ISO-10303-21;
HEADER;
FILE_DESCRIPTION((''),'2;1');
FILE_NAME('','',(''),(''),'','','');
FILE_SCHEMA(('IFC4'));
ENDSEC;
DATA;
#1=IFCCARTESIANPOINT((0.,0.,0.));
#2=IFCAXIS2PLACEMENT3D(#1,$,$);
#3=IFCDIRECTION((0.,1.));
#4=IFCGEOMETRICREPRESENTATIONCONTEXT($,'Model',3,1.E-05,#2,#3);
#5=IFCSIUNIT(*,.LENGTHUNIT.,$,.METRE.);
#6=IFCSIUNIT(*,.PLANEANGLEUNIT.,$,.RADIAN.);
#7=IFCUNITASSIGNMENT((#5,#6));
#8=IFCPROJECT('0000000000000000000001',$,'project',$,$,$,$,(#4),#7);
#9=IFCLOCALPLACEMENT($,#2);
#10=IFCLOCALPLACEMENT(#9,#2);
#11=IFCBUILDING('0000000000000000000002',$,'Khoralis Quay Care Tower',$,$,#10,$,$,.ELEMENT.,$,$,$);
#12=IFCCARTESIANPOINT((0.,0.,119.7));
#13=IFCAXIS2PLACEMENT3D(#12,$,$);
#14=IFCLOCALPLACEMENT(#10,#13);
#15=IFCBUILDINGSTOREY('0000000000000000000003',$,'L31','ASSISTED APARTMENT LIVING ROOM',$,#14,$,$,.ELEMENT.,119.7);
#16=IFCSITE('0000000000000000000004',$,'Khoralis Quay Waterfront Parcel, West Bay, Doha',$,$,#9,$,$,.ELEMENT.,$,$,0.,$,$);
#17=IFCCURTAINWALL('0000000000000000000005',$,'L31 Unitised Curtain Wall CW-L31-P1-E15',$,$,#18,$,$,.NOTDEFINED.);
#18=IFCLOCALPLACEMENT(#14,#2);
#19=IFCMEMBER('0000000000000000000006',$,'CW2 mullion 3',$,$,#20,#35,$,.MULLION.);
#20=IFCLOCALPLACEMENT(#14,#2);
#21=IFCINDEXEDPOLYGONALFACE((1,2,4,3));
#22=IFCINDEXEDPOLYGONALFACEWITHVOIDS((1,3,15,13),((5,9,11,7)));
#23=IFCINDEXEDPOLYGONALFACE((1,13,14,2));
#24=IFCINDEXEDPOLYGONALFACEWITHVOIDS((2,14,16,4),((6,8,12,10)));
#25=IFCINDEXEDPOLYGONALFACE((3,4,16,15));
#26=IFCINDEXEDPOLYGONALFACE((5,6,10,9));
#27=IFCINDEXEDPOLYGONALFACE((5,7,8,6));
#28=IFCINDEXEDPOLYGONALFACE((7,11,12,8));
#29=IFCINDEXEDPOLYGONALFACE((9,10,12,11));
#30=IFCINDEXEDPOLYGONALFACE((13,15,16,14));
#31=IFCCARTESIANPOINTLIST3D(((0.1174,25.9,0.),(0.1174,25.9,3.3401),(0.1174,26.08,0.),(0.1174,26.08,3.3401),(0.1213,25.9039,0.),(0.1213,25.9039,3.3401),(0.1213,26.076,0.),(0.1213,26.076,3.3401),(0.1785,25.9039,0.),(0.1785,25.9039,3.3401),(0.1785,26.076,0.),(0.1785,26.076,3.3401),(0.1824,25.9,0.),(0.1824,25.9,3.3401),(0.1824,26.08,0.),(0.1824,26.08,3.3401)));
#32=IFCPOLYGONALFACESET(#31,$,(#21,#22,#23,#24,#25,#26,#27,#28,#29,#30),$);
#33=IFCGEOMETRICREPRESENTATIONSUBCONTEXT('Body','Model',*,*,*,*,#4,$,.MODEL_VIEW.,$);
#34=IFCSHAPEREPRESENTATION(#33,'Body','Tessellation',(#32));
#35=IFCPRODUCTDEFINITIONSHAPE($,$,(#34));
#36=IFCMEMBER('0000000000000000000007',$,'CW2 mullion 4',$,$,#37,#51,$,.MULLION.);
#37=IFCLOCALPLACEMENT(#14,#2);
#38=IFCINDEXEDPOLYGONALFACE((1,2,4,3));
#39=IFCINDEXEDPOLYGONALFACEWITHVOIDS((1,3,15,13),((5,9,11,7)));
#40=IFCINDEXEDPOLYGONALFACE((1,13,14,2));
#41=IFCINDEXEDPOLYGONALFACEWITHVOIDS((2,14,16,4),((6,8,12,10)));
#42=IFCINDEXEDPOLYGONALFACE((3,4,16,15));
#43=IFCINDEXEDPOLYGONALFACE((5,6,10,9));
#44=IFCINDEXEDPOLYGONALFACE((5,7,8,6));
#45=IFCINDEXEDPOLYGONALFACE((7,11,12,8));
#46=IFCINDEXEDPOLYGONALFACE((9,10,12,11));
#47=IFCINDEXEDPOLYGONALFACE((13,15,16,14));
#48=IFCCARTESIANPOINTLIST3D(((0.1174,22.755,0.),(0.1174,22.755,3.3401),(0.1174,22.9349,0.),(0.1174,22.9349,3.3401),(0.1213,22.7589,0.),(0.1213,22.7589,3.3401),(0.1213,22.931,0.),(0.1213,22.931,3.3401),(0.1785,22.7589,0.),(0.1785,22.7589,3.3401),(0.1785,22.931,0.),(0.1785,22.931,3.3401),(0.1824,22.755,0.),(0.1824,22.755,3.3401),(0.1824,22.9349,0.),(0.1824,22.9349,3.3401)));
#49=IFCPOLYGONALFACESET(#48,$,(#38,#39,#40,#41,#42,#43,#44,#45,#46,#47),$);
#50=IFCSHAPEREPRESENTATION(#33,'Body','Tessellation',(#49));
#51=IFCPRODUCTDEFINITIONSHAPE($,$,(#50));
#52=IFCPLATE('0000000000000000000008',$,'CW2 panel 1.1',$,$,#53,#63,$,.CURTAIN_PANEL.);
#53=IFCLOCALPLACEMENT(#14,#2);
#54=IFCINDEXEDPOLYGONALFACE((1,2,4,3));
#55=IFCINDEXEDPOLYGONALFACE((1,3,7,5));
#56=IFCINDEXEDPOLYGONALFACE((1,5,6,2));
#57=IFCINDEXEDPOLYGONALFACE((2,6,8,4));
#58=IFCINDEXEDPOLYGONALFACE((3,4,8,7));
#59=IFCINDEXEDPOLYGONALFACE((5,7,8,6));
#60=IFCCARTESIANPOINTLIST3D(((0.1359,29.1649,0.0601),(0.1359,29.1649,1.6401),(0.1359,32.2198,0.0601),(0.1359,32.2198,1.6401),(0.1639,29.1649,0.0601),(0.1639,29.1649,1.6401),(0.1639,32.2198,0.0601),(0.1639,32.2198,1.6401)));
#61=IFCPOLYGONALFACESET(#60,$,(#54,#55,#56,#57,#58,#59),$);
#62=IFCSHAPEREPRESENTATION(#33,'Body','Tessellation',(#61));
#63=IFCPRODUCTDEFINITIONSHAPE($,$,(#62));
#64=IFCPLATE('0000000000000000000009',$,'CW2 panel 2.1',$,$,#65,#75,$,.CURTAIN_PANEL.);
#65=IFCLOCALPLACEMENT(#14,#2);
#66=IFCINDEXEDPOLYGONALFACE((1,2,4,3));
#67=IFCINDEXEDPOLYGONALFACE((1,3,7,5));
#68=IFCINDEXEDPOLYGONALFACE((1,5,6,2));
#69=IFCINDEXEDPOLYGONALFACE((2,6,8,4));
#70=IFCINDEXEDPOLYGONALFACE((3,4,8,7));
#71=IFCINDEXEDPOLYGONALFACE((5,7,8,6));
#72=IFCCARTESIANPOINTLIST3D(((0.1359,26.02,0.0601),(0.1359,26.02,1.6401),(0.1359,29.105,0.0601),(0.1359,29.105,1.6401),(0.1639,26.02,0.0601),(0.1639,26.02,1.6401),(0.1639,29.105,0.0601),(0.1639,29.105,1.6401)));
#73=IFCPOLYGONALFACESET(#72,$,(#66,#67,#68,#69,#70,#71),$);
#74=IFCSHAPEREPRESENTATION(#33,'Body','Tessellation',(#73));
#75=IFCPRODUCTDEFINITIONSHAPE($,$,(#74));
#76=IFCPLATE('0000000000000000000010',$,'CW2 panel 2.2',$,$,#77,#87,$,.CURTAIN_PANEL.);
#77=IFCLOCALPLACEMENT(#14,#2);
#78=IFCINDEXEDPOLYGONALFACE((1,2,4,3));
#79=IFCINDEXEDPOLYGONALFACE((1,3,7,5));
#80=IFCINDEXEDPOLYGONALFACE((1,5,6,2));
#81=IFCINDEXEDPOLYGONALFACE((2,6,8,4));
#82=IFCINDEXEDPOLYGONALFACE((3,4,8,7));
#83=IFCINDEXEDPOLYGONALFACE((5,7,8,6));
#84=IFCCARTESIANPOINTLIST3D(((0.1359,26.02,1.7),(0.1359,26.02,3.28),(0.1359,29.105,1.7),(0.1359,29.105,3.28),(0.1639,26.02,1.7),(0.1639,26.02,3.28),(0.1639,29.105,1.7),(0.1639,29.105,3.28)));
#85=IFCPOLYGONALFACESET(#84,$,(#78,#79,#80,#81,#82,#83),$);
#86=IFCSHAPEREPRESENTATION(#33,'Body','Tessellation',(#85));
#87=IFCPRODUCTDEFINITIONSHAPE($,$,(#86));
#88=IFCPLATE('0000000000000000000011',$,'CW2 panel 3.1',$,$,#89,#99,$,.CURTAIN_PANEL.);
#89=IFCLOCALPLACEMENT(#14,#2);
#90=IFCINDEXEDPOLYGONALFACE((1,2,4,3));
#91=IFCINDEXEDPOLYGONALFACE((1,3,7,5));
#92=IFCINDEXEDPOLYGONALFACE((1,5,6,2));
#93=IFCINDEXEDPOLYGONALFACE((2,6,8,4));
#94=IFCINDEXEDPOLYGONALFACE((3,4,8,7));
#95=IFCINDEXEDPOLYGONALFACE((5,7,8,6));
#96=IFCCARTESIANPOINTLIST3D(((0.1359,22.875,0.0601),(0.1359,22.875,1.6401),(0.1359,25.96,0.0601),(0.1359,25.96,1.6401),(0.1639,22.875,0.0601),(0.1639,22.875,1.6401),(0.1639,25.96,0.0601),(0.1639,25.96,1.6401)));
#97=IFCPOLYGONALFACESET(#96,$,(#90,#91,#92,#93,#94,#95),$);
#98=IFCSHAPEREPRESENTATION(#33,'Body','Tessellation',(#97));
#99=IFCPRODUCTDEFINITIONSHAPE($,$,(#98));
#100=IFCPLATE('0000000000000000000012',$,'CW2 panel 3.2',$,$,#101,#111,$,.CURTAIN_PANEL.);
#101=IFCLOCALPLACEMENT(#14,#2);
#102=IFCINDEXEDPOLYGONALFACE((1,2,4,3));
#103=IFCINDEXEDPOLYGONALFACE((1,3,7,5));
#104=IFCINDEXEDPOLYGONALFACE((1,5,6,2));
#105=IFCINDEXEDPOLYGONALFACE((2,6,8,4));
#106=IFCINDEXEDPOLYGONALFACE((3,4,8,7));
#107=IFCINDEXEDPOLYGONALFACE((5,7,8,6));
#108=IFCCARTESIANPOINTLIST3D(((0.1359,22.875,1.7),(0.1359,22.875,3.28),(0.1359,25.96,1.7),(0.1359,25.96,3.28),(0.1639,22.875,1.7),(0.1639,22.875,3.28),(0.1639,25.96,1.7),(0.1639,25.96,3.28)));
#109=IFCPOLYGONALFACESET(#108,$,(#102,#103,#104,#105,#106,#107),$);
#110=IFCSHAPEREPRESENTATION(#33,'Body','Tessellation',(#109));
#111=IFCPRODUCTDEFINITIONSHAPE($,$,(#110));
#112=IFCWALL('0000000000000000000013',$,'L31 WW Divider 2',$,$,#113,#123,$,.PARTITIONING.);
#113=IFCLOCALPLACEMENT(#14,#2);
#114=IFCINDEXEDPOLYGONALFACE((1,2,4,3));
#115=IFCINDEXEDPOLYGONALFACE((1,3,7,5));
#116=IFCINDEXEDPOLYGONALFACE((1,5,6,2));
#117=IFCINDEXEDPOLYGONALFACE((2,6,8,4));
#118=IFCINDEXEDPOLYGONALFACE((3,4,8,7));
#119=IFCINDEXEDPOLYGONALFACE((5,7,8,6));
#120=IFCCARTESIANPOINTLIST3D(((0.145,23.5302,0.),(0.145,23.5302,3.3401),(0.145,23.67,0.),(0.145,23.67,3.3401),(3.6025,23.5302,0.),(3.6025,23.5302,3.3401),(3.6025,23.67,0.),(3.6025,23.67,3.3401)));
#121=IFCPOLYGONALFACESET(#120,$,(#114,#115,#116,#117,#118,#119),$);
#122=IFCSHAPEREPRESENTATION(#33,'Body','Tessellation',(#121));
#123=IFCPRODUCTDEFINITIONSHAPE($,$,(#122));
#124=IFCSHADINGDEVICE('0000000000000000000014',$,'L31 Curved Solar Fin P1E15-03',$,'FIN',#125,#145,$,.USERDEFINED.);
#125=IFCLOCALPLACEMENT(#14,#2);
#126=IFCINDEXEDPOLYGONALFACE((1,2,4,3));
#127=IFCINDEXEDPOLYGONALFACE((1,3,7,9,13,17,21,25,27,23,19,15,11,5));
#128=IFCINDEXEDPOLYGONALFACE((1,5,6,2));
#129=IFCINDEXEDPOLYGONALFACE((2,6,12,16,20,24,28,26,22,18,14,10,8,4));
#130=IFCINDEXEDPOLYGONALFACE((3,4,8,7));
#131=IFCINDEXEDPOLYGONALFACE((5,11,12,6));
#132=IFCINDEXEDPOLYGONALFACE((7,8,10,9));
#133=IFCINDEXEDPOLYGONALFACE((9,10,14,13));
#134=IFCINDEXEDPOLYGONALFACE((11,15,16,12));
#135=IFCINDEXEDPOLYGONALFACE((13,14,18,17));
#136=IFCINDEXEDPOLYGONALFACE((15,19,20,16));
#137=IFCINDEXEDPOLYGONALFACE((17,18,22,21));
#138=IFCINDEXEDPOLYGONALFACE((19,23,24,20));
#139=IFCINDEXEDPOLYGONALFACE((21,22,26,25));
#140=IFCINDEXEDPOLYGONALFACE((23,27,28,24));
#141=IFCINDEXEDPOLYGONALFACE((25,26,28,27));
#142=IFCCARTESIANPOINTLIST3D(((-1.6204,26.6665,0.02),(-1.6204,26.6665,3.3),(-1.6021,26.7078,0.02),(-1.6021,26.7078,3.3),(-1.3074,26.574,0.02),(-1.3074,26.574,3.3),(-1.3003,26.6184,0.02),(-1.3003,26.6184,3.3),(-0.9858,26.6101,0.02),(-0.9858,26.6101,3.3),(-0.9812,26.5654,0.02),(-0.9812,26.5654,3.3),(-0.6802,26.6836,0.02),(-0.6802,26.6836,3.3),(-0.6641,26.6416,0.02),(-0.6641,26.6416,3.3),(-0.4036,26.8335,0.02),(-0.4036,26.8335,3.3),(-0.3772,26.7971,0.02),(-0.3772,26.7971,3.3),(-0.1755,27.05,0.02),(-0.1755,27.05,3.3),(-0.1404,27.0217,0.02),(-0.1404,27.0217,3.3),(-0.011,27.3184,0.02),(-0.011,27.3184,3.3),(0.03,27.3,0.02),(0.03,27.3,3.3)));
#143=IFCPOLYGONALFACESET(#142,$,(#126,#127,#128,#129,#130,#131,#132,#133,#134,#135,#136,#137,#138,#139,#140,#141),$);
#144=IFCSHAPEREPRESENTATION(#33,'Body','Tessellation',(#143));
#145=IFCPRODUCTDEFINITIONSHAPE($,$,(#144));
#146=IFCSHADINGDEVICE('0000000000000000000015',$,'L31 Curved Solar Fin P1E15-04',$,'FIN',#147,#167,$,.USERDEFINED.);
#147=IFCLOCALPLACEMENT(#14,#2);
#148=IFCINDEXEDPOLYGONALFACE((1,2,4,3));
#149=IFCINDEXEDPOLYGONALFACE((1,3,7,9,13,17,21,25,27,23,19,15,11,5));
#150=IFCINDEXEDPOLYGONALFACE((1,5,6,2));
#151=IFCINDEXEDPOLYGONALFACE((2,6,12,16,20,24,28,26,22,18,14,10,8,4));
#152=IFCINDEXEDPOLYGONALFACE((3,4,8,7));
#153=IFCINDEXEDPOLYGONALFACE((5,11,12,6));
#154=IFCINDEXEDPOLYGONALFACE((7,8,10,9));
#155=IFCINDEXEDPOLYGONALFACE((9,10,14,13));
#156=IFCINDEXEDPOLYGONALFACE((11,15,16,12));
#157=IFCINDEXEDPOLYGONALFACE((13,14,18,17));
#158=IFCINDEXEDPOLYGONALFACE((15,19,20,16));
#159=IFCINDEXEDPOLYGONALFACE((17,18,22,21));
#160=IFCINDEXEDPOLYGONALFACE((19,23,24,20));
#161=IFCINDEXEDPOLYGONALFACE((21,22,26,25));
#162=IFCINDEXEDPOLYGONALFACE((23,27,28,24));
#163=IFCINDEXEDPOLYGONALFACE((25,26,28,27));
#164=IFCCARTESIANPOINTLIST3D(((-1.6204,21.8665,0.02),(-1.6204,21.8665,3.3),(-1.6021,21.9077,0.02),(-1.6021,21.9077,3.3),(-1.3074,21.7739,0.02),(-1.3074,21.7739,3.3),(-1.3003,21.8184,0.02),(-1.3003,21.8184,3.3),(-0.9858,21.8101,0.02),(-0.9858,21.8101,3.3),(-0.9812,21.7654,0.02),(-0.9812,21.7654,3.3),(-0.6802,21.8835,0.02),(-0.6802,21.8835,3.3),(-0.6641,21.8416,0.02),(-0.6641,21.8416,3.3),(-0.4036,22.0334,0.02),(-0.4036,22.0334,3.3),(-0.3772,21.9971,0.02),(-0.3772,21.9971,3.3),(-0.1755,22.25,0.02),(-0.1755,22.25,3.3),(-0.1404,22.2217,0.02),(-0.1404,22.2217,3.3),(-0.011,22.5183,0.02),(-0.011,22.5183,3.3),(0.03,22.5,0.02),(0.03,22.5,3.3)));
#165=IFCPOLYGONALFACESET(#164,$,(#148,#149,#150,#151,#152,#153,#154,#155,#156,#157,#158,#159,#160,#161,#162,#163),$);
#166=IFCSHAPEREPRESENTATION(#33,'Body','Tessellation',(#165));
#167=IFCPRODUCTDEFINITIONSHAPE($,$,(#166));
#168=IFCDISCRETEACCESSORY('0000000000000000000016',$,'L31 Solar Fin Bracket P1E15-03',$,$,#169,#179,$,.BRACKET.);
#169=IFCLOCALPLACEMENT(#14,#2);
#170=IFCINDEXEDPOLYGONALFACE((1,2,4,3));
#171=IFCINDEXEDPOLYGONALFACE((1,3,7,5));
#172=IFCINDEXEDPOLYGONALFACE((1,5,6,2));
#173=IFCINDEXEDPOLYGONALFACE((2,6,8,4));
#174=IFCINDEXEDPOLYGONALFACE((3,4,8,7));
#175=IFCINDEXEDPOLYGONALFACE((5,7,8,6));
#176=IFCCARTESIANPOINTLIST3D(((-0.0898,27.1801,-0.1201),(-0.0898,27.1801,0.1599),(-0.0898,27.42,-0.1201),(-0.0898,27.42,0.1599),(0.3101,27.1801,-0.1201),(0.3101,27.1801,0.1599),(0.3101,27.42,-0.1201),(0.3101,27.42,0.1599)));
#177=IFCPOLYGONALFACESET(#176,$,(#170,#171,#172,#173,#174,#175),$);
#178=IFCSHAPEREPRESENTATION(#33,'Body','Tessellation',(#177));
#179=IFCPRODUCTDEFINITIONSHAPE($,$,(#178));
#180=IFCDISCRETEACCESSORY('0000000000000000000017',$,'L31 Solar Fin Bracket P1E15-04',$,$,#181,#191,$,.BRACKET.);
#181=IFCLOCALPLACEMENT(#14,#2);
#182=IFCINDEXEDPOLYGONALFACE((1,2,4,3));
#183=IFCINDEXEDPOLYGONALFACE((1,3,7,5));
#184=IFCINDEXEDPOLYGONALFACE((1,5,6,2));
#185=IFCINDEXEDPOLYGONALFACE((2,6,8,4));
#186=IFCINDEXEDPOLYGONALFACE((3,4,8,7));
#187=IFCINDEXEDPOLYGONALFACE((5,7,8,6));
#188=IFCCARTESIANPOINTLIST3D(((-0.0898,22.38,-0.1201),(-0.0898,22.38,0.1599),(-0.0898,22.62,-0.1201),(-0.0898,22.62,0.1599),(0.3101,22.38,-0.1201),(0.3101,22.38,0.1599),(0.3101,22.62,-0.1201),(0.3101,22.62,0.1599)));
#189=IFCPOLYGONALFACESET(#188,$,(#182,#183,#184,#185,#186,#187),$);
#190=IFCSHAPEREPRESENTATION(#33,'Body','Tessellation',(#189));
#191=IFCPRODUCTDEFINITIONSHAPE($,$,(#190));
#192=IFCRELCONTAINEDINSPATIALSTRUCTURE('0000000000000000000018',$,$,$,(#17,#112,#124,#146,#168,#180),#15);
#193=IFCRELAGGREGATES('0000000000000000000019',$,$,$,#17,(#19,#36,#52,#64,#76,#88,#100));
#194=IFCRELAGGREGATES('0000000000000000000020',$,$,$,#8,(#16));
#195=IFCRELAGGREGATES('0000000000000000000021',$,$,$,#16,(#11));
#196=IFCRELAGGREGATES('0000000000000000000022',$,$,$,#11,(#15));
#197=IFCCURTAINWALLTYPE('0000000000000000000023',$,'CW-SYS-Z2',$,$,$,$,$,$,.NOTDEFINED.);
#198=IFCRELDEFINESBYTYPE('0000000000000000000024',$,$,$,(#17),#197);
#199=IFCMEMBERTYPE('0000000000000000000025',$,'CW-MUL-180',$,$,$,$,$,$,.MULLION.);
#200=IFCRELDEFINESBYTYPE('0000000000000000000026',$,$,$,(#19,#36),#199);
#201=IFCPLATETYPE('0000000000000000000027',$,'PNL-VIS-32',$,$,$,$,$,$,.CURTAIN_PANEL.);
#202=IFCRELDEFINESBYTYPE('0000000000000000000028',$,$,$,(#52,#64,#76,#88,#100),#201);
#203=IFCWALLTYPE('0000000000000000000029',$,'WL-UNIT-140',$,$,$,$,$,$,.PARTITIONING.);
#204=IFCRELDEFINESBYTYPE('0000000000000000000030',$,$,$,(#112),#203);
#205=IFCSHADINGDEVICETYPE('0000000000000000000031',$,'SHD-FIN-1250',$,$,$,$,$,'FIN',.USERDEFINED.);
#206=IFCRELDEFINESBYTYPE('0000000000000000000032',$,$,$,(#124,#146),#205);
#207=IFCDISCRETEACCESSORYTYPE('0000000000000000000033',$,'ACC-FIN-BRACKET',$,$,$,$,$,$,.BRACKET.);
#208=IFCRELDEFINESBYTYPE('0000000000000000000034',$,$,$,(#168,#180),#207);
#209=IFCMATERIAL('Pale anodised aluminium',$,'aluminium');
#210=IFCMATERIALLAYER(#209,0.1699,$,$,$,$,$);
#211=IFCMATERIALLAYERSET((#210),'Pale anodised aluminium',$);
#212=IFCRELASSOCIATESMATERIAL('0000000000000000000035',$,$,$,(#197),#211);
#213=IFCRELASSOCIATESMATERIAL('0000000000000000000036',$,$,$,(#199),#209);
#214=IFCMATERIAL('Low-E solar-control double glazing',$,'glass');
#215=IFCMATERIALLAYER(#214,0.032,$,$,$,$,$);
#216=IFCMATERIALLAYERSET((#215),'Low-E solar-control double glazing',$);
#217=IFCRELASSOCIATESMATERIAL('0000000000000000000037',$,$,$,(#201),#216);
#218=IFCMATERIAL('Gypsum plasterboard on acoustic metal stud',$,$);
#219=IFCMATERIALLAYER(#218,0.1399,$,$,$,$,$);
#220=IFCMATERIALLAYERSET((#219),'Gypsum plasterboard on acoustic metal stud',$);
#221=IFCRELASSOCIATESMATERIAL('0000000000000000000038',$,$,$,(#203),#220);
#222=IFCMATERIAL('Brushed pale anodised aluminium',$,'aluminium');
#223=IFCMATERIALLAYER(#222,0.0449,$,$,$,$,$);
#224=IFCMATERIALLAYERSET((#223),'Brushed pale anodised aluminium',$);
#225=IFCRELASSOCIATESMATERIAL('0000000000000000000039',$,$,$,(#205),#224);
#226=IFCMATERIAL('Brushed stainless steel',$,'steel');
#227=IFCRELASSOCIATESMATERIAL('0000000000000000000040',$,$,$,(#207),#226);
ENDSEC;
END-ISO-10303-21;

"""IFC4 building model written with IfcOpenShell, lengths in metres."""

from ifc_helpers import new_model, si_unit, direction, frame, frame_2d, origin, origin_2d, place, context, subcontext, project, spatial, polyline, rectangle, hollow_rectangle, outline, extrude, source, transform, mapped, material, layer, layer_set, material_profile, profile_set, type_object, element, aggregate, save


model = new_model("IFC4")

# Units and contexts
model_context = context("Model", 3, precision=1e-05, world=origin(), true_north=direction((0.0, 1.0)))
body_context = subcontext(model_context, "Body", "Model", "MODEL_VIEW")
ifc_project = project(units=[si_unit("LENGTHUNIT", "METRE"), si_unit("PLANEANGLEUNIT", "RADIAN")], contexts=[model_context])

# Site, building, storey
site_placement = place(None, origin())
site = spatial("IfcSite", under=ifc_project, at=site_placement, Name="Khoralis Quay Waterfront Parcel, West Bay, Doha", CompositionType="ELEMENT", RefElevation=0.0)
building_placement = place(site_placement, origin())
building = spatial("IfcBuilding", under=site, at=building_placement, Name="Khoralis Quay Care Tower", CompositionType="ELEMENT")
storey_placement = place(building_placement, frame((0.0, 0.0, 119.7)))
storey = spatial("IfcBuildingStorey", under=building, at=storey_placement, Name="L31", Description="ASSISTED APARTMENT LIVING ROOM", CompositionType="ELEMENT", Elevation=119.7)

# Curtain wall, members, plates
ifc_material_1 = material(Name="Pale anodised aluminium", Category="aluminium")
ifc_layer_1 = layer(ifc_material_1, 0.1699)
ifc_layer_set_1 = layer_set([ifc_layer_1], Name="Pale anodised aluminium")
curtain_wall_type = type_object("IfcCurtainWallType", Name="CW-SYS-Z2", PredefinedType="NOTDEFINED", material=ifc_layer_set_1)
curtain_wall_placement = place(storey_placement, origin())
curtain_wall = element("IfcCurtainWall", 1, at=curtain_wall_placement, inside=storey, type_object=curtain_wall_type, Name="L31 Unitised Curtain Wall CW-L31-P1-E15", PredefinedType="NOTDEFINED")
ifc_material_profile_1 = material_profile(ifc_material_1, hollow_rectangle(XDim=0.0649, YDim=0.1799, WallThickness=0.0039, at=origin_2d()), Name="Pale anodised aluminium")
ifc_profile_set_1 = profile_set([ifc_material_profile_1], Name="Pale anodised aluminium")
member_type_1 = type_object("IfcMemberType", Name="CW-MUL-180", PredefinedType="MULLION", material=ifc_profile_set_1)
shared_shape_1 = source(origin(), body_context, "Body", "SweptSolid", [
    extrude(hollow_rectangle(XDim=0.0649, YDim=0.1799, WallThickness=0.0039, at=origin_2d()), origin(), (0.0, 0.0, 1.0), 3.3401),
])
member_1_placement = place(storey_placement, frame((0.1499, 25.99, 0.0), z_axis=(0.0, 0.0, 1.0), x_axis=(1.0, 0.0, 0.0)))
member_1 = element("IfcMember", 2, at=member_1_placement, type_object=member_type_1, Name="CW2 mullion 3", PredefinedType="MULLION", context=body_context, shape_type="MappedRepresentation", body=[
    mapped(shared_shape_1, transform((0.0, 0.0, 0.0), scale=1.0)),
])
member_2_placement = place(storey_placement, frame((0.1499, 22.845, 0.0), z_axis=(0.0, 0.0, 1.0), x_axis=(1.0, 0.0, 0.0)))
member_2 = element("IfcMember", 3, at=member_2_placement, type_object=member_type_1, Name="CW2 mullion 4", PredefinedType="MULLION", context=body_context, shape_type="MappedRepresentation", body=[
    mapped(shared_shape_1, transform((0.0, 0.0, 0.0), scale=1.0)),
])
ifc_material_2 = material(Name="Low-E solar-control double glazing", Category="glass")
ifc_layer_2 = layer(ifc_material_2, 0.032)
ifc_layer_set_2 = layer_set([ifc_layer_2], Name="Low-E solar-control double glazing")
plate_type = type_object("IfcPlateType", Name="PNL-VIS-32", PredefinedType="CURTAIN_PANEL", material=ifc_layer_set_2)
shared_shape_2 = source(origin(), body_context, "Body", "SweptSolid", [
    extrude(rectangle(XDim=3.0549, YDim=0.0281, at=origin_2d()), origin(), (0.0, 0.0, 1.0), 1.5801),
])
plate_1_placement = place(storey_placement, frame((0.1499, 30.6924, 0.0601), z_axis=(0.0, 0.0, 1.0), x_axis=(0.0, -1.0, 0.0)))
plate_1 = element("IfcPlate", 4, at=plate_1_placement, type_object=plate_type, Name="CW2 panel 1.1", PredefinedType="CURTAIN_PANEL", context=body_context, shape_type="MappedRepresentation", body=[
    mapped(shared_shape_2, transform((0.0, 0.0, 0.0), scale=1.0)),
])
shared_shape_3 = source(origin(), body_context, "Body", "SweptSolid", [
    extrude(rectangle(XDim=3.085, YDim=0.0281, at=origin_2d()), origin(), (0.0, 0.0, 1.0), 1.5801),
])
plate_2_placement = place(storey_placement, frame((0.1499, 27.5625, 0.0601), z_axis=(0.0, 0.0, 1.0), x_axis=(0.0, -1.0, 0.0)))
plate_2 = element("IfcPlate", 5, at=plate_2_placement, type_object=plate_type, Name="CW2 panel 2.1", PredefinedType="CURTAIN_PANEL", context=body_context, shape_type="MappedRepresentation", body=[
    mapped(shared_shape_3, transform((0.0, 0.0, 0.0), scale=1.0)),
])
plate_3_placement = place(storey_placement, frame((0.1499, 27.5625, 1.7), z_axis=(0.0, 0.0, 1.0), x_axis=(0.0, -1.0, 0.0)))
plate_3 = element("IfcPlate", 6, at=plate_3_placement, type_object=plate_type, Name="CW2 panel 2.2", PredefinedType="CURTAIN_PANEL", context=body_context, shape_type="MappedRepresentation", body=[
    mapped(shared_shape_3, transform((0.0, 0.0, 0.0), scale=1.0)),
])
plate_4_placement = place(storey_placement, frame((0.1499, 24.4175, 0.0601), z_axis=(0.0, 0.0, 1.0), x_axis=(0.0, -1.0, 0.0)))
plate_4 = element("IfcPlate", 7, at=plate_4_placement, type_object=plate_type, Name="CW2 panel 3.1", PredefinedType="CURTAIN_PANEL", context=body_context, shape_type="MappedRepresentation", body=[
    mapped(shared_shape_3, transform((0.0, 0.0, 0.0), scale=1.0)),
])
plate_5_placement = place(storey_placement, frame((0.1499, 24.4175, 1.7), z_axis=(0.0, 0.0, 1.0), x_axis=(0.0, -1.0, 0.0)))
plate_5 = element("IfcPlate", 8, at=plate_5_placement, type_object=plate_type, Name="CW2 panel 3.2", PredefinedType="CURTAIN_PANEL", context=body_context, shape_type="MappedRepresentation", body=[
    mapped(shared_shape_3, transform((0.0, 0.0, 0.0), scale=1.0)),
])
aggregate(curtain_wall, [member_1, member_2, plate_1, plate_2, plate_3, plate_4, plate_5])

# Wall
ifc_material_3 = material(Name="Gypsum plasterboard on acoustic metal stud")
ifc_layer_3 = layer(ifc_material_3, 0.1399)
ifc_layer_set_3 = layer_set([ifc_layer_3], Name="Gypsum plasterboard on acoustic metal stud")
wall_type = type_object("IfcWallType", Name="WL-UNIT-140", PredefinedType="PARTITIONING", material=ifc_layer_set_3)
wall_placement = place(storey_placement, frame((0.145, 23.6001, 0.0), z_axis=(0.0, 0.0, 1.0), x_axis=(1.0, 0.0, 0.0)))
element("IfcWall", 9, at=wall_placement, inside=storey, type_object=wall_type, Name="L31 WW Divider 2", PredefinedType="PARTITIONING", context=body_context, shape_type="SweptSolid", body=[
    extrude(rectangle(XDim=3.4575, YDim=0.1399, at=frame_2d((1.7288, 0.0))), origin(), (0.0, 0.0, 1.0), 3.3401),
])

# Shading devices
ifc_material_4 = material(Name="Brushed pale anodised aluminium", Category="aluminium")
ifc_layer_4 = layer(ifc_material_4, 0.0449)
ifc_layer_set_4 = layer_set([ifc_layer_4], Name="Brushed pale anodised aluminium")
shading_device_type = type_object("IfcShadingDeviceType", Name="SHD-FIN-1250", ElementType="FIN", PredefinedType="USERDEFINED", material=ifc_layer_set_4)
shared_shape_4 = source(origin(), body_context, "Body", "SweptSolid", [
    extrude(outline(polyline([(0.0, 0.0), (0.1704, 0.2783), (0.4072, 0.5029), (0.6941, 0.6584), (1.0112, 0.7346), (1.3374, 0.7261), (1.6504, 0.6335), (1.6321, 0.5923), (1.3303, 0.6816), (1.0159, 0.6899), (0.7102, 0.6165), (0.4336, 0.4666), (0.2056, 0.25), (0.041, -0.0183), (0.0, 0.0)])), origin(), (0.0, 0.0, 1.0), 3.28),
])
for number, where, z_axis, x_axis, name in (
    (10, (0.03, 27.3, 0.02), (0.0, 0.0, 1.0), (-1.0, 0.0, 0.0), "L31 Curved Solar Fin P1E15-03"),
    (11, (0.03, 22.5, 0.02), (0.0, 0.0, 1.0), (-1.0, 0.0, 0.0), "L31 Curved Solar Fin P1E15-04"),
):
    element("IfcShadingDevice", number, at=place(storey_placement, frame(where, z_axis=z_axis, x_axis=x_axis)), inside=storey, type_object=shading_device_type, Name=name, ObjectType="FIN", PredefinedType="USERDEFINED", context=body_context, shape_type="MappedRepresentation", body=[
        mapped(shared_shape_4, transform((0.0, 0.0, 0.0), scale=1.0)),
    ])

# Discrete accessories
ifc_material_5 = material(Name="Brushed stainless steel", Category="steel")
discrete_accessory_type = type_object("IfcDiscreteAccessoryType", Name="ACC-FIN-BRACKET", PredefinedType="BRACKET", material=ifc_material_5)
shared_shape_5 = source(origin(), body_context, "Body", "SweptSolid", [
    extrude(rectangle(XDim=0.3999, YDim=0.24, at=origin_2d()), origin(), (0.0, 0.0, 1.0), 0.28),
])
for number, where, z_axis, x_axis, name in (
    (12, (0.1101, 27.3, -0.1201), (0.0, 0.0, 1.0), (-1.0, 0.0, 0.0), "L31 Solar Fin Bracket P1E15-03"),
    (13, (0.1101, 22.5, -0.1201), (0.0, 0.0, 1.0), (-1.0, 0.0, 0.0), "L31 Solar Fin Bracket P1E15-04"),
):
    element("IfcDiscreteAccessory", number, at=place(storey_placement, frame(where, z_axis=z_axis, x_axis=x_axis)), inside=storey, type_object=discrete_accessory_type, Name=name, PredefinedType="BRACKET", context=body_context, shape_type="MappedRepresentation", body=[
        mapped(shared_shape_5, transform((0.0, 0.0, 0.0), scale=1.0)),
    ])

save(model, "model.ifc")
